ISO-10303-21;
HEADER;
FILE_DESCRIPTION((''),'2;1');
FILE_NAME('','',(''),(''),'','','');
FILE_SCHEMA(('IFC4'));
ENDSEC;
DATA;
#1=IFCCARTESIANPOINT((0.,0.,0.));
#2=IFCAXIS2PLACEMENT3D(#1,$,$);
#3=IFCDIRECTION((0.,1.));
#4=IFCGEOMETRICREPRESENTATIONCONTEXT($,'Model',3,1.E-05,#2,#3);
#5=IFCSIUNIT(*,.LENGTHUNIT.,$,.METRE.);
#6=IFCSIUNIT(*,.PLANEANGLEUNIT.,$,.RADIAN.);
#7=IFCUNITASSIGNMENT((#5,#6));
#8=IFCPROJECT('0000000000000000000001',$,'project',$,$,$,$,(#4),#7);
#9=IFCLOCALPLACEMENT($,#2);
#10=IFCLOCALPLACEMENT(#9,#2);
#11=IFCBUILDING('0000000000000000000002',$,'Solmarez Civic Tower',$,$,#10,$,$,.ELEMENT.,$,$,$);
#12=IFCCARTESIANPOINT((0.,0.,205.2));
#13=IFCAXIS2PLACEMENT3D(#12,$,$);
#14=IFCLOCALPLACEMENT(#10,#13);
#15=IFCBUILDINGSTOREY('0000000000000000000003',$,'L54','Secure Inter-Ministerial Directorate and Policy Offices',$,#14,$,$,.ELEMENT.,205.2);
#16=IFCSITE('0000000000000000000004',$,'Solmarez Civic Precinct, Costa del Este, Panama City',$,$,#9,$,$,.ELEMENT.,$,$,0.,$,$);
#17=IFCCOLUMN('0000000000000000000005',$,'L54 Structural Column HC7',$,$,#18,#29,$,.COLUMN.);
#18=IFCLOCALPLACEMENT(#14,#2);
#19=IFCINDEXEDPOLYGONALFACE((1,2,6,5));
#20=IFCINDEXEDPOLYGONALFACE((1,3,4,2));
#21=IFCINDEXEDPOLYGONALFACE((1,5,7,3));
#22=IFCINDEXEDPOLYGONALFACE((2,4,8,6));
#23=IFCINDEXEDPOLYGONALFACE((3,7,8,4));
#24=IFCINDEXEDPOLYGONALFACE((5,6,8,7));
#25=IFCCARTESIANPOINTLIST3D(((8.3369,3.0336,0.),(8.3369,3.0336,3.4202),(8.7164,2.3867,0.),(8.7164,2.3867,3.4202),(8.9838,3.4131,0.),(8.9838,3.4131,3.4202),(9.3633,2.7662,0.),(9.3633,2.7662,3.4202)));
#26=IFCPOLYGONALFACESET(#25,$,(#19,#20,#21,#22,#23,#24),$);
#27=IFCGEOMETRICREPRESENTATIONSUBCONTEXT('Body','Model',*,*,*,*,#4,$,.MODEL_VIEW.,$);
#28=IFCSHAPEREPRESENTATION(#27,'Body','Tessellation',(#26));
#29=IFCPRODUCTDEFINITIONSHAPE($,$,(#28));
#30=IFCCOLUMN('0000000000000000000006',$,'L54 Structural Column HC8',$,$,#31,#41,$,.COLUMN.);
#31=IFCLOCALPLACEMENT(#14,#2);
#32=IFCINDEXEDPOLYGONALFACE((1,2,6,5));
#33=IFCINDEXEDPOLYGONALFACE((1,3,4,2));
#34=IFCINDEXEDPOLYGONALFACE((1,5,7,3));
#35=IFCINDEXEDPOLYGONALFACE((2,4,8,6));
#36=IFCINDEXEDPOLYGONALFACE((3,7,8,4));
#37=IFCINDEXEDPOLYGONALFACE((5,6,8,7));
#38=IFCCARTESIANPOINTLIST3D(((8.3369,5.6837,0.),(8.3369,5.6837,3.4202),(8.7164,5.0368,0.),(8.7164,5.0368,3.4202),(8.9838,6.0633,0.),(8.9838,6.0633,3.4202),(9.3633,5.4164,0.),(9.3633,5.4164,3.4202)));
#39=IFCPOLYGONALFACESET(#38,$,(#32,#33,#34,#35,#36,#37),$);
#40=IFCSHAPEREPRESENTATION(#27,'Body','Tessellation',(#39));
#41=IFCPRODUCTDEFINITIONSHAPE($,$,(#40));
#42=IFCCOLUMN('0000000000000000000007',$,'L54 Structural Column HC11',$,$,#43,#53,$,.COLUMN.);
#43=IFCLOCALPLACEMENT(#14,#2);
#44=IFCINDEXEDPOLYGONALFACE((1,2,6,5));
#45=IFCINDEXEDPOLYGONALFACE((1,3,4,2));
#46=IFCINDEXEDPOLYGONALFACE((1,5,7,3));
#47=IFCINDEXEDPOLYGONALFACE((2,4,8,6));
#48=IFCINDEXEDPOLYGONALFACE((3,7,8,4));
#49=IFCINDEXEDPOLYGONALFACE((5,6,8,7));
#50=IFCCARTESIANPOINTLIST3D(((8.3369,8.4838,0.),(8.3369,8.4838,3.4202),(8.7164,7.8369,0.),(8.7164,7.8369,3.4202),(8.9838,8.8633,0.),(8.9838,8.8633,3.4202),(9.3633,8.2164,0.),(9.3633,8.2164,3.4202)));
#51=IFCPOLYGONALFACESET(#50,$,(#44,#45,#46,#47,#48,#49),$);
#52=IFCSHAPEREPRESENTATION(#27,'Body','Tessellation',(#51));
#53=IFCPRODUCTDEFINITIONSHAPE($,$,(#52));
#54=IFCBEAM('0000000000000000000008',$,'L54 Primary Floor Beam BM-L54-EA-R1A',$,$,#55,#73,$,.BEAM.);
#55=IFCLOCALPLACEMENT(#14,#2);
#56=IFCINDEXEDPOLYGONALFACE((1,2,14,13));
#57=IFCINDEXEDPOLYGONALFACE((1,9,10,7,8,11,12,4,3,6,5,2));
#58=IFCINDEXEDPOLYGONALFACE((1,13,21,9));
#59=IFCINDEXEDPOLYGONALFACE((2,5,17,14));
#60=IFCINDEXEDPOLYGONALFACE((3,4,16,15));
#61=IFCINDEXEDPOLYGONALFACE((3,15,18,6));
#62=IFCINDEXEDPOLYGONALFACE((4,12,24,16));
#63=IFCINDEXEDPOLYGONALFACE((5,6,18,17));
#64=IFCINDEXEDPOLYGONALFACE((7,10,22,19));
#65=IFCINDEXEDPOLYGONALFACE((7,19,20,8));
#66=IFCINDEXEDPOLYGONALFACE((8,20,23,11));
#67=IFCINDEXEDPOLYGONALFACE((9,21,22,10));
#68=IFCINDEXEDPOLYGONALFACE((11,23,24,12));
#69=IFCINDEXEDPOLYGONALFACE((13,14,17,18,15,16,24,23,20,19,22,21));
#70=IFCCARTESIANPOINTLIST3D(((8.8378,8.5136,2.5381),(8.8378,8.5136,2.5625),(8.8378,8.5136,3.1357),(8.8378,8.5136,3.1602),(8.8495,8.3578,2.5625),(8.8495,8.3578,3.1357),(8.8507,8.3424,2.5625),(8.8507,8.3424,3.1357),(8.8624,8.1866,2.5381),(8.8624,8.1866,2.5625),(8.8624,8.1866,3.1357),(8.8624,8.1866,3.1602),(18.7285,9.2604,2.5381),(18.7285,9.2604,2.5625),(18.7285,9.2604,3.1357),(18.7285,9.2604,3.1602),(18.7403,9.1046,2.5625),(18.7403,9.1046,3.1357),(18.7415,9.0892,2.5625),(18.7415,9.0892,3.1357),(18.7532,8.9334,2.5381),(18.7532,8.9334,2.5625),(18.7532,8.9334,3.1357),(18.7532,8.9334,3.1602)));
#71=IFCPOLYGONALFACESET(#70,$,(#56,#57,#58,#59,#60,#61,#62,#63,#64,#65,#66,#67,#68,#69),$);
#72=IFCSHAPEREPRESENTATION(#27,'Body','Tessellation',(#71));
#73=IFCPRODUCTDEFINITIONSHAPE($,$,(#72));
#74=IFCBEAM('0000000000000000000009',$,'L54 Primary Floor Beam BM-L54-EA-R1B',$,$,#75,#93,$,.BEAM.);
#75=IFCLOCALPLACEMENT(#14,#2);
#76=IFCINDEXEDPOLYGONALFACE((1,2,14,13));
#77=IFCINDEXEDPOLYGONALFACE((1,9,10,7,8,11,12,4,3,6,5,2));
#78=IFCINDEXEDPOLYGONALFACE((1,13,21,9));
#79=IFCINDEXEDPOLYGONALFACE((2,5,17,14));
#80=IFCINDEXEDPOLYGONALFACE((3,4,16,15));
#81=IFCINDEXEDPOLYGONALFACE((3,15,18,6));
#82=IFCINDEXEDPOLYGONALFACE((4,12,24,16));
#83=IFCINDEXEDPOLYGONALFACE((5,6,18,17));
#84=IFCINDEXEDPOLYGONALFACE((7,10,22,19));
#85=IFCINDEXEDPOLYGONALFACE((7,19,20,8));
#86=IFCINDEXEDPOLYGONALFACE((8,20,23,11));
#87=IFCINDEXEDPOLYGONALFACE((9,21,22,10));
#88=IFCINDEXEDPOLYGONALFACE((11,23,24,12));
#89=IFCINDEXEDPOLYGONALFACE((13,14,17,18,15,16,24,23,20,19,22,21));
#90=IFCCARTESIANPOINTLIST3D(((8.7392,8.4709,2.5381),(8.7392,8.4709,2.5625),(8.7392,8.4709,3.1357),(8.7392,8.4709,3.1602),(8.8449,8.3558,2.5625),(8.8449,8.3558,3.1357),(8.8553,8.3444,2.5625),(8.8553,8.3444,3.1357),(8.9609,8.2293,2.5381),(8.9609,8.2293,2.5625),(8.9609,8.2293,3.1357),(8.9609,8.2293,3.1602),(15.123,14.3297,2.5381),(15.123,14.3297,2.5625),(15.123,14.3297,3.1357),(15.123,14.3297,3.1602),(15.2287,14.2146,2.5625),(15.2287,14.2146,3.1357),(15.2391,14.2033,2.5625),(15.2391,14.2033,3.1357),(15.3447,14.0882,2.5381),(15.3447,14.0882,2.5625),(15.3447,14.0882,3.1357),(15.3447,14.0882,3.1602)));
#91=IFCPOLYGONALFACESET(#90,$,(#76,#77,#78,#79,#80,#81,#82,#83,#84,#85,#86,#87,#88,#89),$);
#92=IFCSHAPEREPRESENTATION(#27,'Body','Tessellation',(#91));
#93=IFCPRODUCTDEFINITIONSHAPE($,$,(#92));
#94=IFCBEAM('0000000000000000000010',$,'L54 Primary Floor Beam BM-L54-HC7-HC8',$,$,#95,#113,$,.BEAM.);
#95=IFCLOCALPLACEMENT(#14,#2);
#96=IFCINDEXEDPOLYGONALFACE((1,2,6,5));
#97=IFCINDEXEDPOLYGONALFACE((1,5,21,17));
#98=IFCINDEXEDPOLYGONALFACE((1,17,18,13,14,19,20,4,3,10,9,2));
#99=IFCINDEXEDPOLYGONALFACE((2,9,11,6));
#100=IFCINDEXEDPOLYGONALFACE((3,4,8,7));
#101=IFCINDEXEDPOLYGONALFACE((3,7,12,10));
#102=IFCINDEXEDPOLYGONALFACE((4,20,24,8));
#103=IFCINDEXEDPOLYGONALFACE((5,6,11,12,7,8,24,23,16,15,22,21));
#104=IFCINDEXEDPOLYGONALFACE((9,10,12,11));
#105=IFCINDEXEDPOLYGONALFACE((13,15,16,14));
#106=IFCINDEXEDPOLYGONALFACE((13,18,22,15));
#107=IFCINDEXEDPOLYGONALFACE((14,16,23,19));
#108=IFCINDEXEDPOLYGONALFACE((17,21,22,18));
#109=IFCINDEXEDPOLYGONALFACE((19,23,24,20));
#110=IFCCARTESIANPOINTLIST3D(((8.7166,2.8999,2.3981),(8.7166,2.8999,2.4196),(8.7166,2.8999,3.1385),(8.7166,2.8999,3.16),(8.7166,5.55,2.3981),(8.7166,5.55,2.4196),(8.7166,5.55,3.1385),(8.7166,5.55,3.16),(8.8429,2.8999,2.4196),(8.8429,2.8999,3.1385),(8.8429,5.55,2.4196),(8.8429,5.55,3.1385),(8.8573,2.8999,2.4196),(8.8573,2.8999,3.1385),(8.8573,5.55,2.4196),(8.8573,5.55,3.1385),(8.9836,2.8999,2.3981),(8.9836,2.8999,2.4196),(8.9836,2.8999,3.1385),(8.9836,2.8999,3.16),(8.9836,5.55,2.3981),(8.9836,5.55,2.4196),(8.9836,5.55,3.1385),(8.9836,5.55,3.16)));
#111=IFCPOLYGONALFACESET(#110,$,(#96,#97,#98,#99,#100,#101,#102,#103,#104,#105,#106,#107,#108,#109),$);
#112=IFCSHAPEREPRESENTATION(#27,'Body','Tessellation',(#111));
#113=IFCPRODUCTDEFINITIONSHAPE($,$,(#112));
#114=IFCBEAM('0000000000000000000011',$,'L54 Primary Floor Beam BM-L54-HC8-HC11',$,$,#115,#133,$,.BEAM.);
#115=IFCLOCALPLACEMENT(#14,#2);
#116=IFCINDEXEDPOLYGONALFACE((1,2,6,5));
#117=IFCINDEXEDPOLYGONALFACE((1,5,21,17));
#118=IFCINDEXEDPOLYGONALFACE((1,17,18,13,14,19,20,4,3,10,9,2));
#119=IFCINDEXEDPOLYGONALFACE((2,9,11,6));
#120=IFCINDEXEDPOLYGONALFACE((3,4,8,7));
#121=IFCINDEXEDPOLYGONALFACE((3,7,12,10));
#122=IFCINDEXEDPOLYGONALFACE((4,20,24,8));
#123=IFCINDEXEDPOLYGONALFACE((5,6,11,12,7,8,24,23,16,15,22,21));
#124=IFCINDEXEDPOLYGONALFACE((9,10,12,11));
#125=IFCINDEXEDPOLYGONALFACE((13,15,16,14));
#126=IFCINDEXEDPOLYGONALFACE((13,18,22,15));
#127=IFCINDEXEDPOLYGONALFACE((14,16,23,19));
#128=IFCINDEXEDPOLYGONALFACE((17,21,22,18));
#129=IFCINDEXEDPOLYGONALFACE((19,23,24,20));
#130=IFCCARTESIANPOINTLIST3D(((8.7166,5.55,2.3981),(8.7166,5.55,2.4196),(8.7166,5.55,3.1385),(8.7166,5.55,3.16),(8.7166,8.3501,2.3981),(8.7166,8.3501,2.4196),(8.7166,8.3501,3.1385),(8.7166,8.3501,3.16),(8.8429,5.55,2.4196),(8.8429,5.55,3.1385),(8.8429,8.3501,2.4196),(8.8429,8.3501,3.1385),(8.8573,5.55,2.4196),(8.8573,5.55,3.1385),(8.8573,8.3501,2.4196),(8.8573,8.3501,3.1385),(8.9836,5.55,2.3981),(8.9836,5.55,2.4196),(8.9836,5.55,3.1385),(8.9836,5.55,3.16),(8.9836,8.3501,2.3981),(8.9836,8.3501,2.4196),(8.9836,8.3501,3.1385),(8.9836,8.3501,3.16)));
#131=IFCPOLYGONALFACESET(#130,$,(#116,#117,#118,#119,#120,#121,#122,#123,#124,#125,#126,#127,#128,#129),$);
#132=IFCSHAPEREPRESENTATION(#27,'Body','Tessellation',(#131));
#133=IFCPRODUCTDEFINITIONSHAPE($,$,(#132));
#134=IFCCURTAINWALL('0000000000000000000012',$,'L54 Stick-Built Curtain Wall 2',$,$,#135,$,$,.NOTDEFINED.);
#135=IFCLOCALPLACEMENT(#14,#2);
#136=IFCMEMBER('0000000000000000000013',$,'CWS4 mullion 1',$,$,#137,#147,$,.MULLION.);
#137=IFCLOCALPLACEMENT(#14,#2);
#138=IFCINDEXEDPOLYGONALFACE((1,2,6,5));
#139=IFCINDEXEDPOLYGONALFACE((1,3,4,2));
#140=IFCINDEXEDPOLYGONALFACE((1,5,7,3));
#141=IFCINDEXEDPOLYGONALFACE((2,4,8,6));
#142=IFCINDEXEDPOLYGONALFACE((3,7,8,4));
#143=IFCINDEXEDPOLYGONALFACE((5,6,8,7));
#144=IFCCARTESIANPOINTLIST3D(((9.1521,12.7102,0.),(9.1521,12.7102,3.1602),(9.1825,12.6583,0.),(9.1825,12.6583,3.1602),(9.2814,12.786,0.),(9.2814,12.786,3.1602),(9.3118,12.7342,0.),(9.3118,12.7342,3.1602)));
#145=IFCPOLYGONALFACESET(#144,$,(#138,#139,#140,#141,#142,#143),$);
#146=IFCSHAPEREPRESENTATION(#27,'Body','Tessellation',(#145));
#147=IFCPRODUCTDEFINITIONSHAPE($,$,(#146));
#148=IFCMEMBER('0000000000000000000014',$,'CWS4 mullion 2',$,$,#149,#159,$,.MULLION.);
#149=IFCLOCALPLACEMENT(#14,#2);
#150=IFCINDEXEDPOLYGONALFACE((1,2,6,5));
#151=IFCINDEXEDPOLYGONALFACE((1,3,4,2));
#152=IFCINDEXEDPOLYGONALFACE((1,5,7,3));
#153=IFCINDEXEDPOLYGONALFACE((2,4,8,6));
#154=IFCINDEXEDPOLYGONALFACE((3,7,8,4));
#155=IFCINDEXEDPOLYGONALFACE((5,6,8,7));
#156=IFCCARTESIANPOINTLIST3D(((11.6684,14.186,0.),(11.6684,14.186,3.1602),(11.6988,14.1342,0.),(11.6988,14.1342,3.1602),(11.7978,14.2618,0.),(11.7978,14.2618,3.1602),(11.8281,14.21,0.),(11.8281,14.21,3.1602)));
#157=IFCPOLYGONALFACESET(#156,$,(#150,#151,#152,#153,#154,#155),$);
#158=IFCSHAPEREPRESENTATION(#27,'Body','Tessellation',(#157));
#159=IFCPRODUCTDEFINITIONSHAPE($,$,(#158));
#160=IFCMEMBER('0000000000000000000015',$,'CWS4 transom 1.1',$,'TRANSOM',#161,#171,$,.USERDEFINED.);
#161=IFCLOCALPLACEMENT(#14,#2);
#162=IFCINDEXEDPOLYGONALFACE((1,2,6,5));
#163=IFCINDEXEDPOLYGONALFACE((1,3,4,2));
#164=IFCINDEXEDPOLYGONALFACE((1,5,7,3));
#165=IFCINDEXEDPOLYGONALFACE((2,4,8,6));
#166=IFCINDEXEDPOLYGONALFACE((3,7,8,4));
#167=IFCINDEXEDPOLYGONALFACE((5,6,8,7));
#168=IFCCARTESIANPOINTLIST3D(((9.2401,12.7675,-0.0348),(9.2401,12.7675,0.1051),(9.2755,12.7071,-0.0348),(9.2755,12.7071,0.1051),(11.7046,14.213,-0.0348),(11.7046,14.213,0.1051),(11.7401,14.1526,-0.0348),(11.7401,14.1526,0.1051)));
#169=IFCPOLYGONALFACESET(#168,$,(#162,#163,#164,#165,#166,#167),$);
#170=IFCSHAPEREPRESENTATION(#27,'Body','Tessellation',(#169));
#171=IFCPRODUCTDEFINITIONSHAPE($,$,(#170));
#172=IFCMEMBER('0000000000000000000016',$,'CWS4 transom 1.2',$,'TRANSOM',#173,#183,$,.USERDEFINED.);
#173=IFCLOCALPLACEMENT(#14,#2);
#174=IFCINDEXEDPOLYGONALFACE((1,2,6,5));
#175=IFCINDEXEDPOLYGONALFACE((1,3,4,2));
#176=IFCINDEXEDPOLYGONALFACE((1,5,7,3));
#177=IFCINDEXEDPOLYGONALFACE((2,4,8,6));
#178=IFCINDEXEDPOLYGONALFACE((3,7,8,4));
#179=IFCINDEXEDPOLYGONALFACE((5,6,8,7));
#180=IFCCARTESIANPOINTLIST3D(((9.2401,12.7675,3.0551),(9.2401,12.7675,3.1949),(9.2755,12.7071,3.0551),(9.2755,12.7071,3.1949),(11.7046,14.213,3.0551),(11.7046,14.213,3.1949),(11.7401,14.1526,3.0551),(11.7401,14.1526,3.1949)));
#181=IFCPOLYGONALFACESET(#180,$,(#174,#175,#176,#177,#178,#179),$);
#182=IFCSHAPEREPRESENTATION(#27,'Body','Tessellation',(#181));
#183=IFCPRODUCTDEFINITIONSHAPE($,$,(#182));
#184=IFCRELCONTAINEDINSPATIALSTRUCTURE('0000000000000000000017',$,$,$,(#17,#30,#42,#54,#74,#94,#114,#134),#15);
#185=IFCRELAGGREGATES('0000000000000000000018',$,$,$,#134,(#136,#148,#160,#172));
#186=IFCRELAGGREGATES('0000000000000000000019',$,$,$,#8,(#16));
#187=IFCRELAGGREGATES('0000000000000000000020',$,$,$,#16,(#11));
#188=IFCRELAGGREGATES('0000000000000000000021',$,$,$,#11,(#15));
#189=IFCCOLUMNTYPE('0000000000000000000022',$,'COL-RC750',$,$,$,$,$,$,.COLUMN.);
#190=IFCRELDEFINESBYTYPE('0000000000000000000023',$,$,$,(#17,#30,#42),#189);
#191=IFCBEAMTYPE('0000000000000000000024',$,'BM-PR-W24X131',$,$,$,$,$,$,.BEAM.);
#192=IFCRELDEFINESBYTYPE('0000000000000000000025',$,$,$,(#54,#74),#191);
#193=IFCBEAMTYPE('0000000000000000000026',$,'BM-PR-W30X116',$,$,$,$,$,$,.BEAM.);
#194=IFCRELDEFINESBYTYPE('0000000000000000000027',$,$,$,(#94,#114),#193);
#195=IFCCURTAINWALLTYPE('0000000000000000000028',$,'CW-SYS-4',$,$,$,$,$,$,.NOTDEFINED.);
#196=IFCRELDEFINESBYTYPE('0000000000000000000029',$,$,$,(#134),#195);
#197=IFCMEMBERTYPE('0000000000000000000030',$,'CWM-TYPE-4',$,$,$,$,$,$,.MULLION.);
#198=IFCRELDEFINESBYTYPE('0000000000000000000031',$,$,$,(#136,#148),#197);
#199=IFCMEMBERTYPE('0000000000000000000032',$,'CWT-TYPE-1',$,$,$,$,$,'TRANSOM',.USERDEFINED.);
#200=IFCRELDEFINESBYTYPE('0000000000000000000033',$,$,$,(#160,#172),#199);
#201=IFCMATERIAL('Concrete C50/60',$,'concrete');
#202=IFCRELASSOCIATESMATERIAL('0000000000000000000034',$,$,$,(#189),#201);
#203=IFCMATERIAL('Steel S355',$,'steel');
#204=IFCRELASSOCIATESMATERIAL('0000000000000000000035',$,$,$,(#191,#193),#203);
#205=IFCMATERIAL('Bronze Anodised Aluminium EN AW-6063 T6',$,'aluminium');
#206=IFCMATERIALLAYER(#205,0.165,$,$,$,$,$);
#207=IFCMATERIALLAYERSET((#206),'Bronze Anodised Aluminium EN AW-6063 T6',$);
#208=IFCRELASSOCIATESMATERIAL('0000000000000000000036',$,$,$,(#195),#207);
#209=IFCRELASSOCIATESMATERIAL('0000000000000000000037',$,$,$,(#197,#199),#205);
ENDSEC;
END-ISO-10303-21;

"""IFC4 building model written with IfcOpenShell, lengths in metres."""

from ifc_helpers import new_model, si_unit, direction, frame, origin, origin_2d, place, context, subcontext, project, spatial, rectangle, i_section, extrude, material, layer, layer_set, material_profile, profile_set, type_object, element, aggregate, save


model = new_model("IFC4")

# Units and contexts
model_context = context("Model", 3, precision=1e-05, world=origin(), true_north=direction((0.0, 1.0)))
body_context = subcontext(model_context, "Body", "Model", "MODEL_VIEW")
ifc_project = project(units=[si_unit("LENGTHUNIT", "METRE"), si_unit("PLANEANGLEUNIT", "RADIAN")], contexts=[model_context])

# Site, building, storey
site_placement = place(None, origin())
site = spatial("IfcSite", under=ifc_project, at=site_placement, Name="Solmarez Civic Precinct, Costa del Este, Panama City", CompositionType="ELEMENT", RefElevation=0.0)
building_placement = place(site_placement, origin())
building = spatial("IfcBuilding", under=site, at=building_placement, Name="Solmarez Civic Tower", CompositionType="ELEMENT")
storey_placement = place(building_placement, frame((0.0, 0.0, 205.2)))
storey = spatial("IfcBuildingStorey", under=building, at=storey_placement, Name="L54", Description="Secure Inter-Ministerial Directorate and Policy Offices", CompositionType="ELEMENT", Elevation=205.2)

# Columns
ifc_material_1 = material(Name="Concrete C50/60", Category="concrete")
ifc_material_profile_1 = material_profile(ifc_material_1, rectangle(XDim=0.75, YDim=0.75, at=origin_2d()), Name="RC750X750")
ifc_profile_set_1 = profile_set([ifc_material_profile_1], Name="Concrete C50/60")
column_type = type_object("IfcColumnType", Name="COL-RC750", PredefinedType="COLUMN", material=ifc_profile_set_1)
for number, where, z_axis, x_axis, name in (
    (1, (8.8501, 2.8999, 0.0), (0.0, 0.0, 1.0), (0.862514, 0.506034, 0.0), "L54 Structural Column HC7"),
    (2, (8.8501, 5.55, 0.0), (0.0, 0.0, 1.0), (0.862514, 0.506034, 0.0), "L54 Structural Column HC8"),
    (3, (8.8501, 8.3501, 0.0), (0.0, 0.0, 1.0), (0.862514, 0.506034, 0.0), "L54 Structural Column HC11"),
):
    element("IfcColumn", number, at=place(storey_placement, frame(where, z_axis=z_axis, x_axis=x_axis)), inside=storey, type_object=column_type, Name=name, PredefinedType="COLUMN", context=body_context, shape_type="SweptSolid", body=[
        extrude(rectangle(XDim=0.75, YDim=0.75, at=origin_2d()), origin(), (0.0, 0.0, 1.0), 3.4202),
    ])

# Beams
ifc_material_2 = material(Name="Steel S355", Category="steel")
ifc_material_profile_2 = material_profile(ifc_material_2, i_section(OverallWidth=0.3279, OverallDepth=0.6221, WebThickness=0.0154, FlangeThickness=0.0244, at=origin_2d()), Name="W24X131")
ifc_profile_set_2 = profile_set([ifc_material_profile_2], Name="Steel S355")
beam_type_1 = type_object("IfcBeamType", Name="BM-PR-W24X131", PredefinedType="BEAM", material=ifc_profile_set_2)
beam_1_placement = place(storey_placement, frame((8.8501, 8.3501, 2.8491), z_axis=(0.997162, 0.075292, 0.0), x_axis=(-0.075292, 0.997162, 0.0)))
element("IfcBeam", 4, at=beam_1_placement, inside=storey, type_object=beam_type_1, Name="L54 Primary Floor Beam BM-L54-EA-R1A", PredefinedType="BEAM", context=body_context, shape_type="SweptSolid", body=[
    extrude(i_section(OverallWidth=0.3279, OverallDepth=0.6221, WebThickness=0.0154, FlangeThickness=0.0244, at=origin_2d()), origin(), (0.0, 0.0, 1.0), 9.9189),
])
beam_2_placement = place(storey_placement, frame((8.8501, 8.3501, 2.8491), z_axis=(0.736747, 0.676169, 0.0), x_axis=(-0.676169, 0.736747, 0.0)))
element("IfcBeam", 5, at=beam_2_placement, inside=storey, type_object=beam_type_1, Name="L54 Primary Floor Beam BM-L54-EA-R1B", PredefinedType="BEAM", context=body_context, shape_type="SweptSolid", body=[
    extrude(i_section(OverallWidth=0.3279, OverallDepth=0.6221, WebThickness=0.0154, FlangeThickness=0.0244, at=origin_2d()), origin(), (0.0, 0.0, 1.0), 8.6648),
])
ifc_material_profile_3 = material_profile(ifc_material_2, i_section(OverallWidth=0.2671, OverallDepth=0.762, WebThickness=0.0144, FlangeThickness=0.0215, at=origin_2d()), Name="W30X116")
ifc_profile_set_3 = profile_set([ifc_material_profile_3], Name="Steel S355")
beam_type_2 = type_object("IfcBeamType", Name="BM-PR-W30X116", PredefinedType="BEAM", material=ifc_profile_set_3)
beam_3_placement = place(storey_placement, frame((8.8501, 2.8999, 2.7791), z_axis=(0.0, 1.0, 0.0), x_axis=(-1.0, 0.0, 0.0)))
element("IfcBeam", 6, at=beam_3_placement, inside=storey, type_object=beam_type_2, Name="L54 Primary Floor Beam BM-L54-HC7-HC8", PredefinedType="BEAM", context=body_context, shape_type="SweptSolid", body=[
    extrude(i_section(OverallWidth=0.2671, OverallDepth=0.762, WebThickness=0.0144, FlangeThickness=0.0215, at=origin_2d()), origin(), (0.0, 0.0, 1.0), 2.6501),
])
beam_4_placement = place(storey_placement, frame((8.8501, 5.55, 2.7791), z_axis=(0.0, 1.0, 0.0), x_axis=(-1.0, 0.0, 0.0)))
element("IfcBeam", 7, at=beam_4_placement, inside=storey, type_object=beam_type_2, Name="L54 Primary Floor Beam BM-L54-HC8-HC11", PredefinedType="BEAM", context=body_context, shape_type="SweptSolid", body=[
    extrude(i_section(OverallWidth=0.2671, OverallDepth=0.762, WebThickness=0.0144, FlangeThickness=0.0215, at=origin_2d()), origin(), (0.0, 0.0, 1.0), 2.8),
])

# Curtain wall, members
ifc_material_3 = material(Name="Bronze Anodised Aluminium EN AW-6063 T6", Category="aluminium")
ifc_layer_1 = layer(ifc_material_3, 0.165)
ifc_layer_set_1 = layer_set([ifc_layer_1], Name="Bronze Anodised Aluminium EN AW-6063 T6")
curtain_wall_type = type_object("IfcCurtainWallType", Name="CW-SYS-4", PredefinedType="NOTDEFINED", material=ifc_layer_set_1)
curtain_wall_placement = place(storey_placement, origin())
curtain_wall = element("IfcCurtainWall", 8, at=curtain_wall_placement, inside=storey, type_object=curtain_wall_type, Name="L54 Stick-Built Curtain Wall 2", PredefinedType="NOTDEFINED")
ifc_material_profile_4 = material_profile(ifc_material_3, rectangle(XDim=0.0601, YDim=0.1499, at=origin_2d()), Name="CWM-60X150")
ifc_profile_set_4 = profile_set([ifc_material_profile_4], Name="Bronze Anodised Aluminium EN AW-6063 T6")
member_type_1 = type_object("IfcMemberType", Name="CWM-TYPE-4", PredefinedType="MULLION", material=ifc_profile_set_4)
member_1_placement = place(storey_placement, frame((9.2319, 12.7222, 0.0), z_axis=(0.0, 0.0, 1.0), x_axis=(-0.505888, 0.862599, 0.0)))
member_1 = element("IfcMember", 9, at=member_1_placement, type_object=member_type_1, Name="CWS4 mullion 1", PredefinedType="MULLION", context=body_context, shape_type="SweptSolid", body=[
    extrude(rectangle(XDim=0.0601, YDim=0.1499, at=origin_2d()), origin(), (0.0, 0.0, 1.0), 3.1602),
])
member_2_placement = place(storey_placement, frame((11.7483, 14.198, 0.0), z_axis=(0.0, 0.0, 1.0), x_axis=(-0.505888, 0.862599, 0.0)))
member_2 = element("IfcMember", 10, at=member_2_placement, type_object=member_type_1, Name="CWS4 mullion 2", PredefinedType="MULLION", context=body_context, shape_type="SweptSolid", body=[
    extrude(rectangle(XDim=0.0601, YDim=0.1499, at=origin_2d()), origin(), (0.0, 0.0, 1.0), 3.1602),
])
ifc_material_profile_5 = material_profile(ifc_material_3, rectangle(XDim=0.0701, YDim=0.1399, at=origin_2d()), Name="CWT-70X140")
ifc_profile_set_5 = profile_set([ifc_material_profile_5], Name="Bronze Anodised Aluminium EN AW-6063 T6")
member_type_2 = type_object("IfcMemberType", Name="CWT-TYPE-1", ElementType="TRANSOM", PredefinedType="USERDEFINED", material=ifc_profile_set_5)
member_3_placement = place(storey_placement, frame((9.2578, 12.7373, 0.0352), z_axis=(0.862577, 0.505926, 0.0), x_axis=(-0.505926, 0.862577, 0.0)))
member_3 = element("IfcMember", 11, at=member_3_placement, type_object=member_type_2, Name="CWS4 transom 1.1", ObjectType="TRANSOM", PredefinedType="USERDEFINED", context=body_context, shape_type="SweptSolid", body=[
    extrude(rectangle(XDim=0.0701, YDim=0.1399, at=origin_2d()), origin(), (0.0, 0.0, 1.0), 2.8572),
])
member_4_placement = place(storey_placement, frame((9.2578, 12.7373, 3.125), z_axis=(0.862577, 0.505926, 0.0), x_axis=(-0.505926, 0.862577, 0.0)))
member_4 = element("IfcMember", 12, at=member_4_placement, type_object=member_type_2, Name="CWS4 transom 1.2", ObjectType="TRANSOM", PredefinedType="USERDEFINED", context=body_context, shape_type="SweptSolid", body=[
    extrude(rectangle(XDim=0.0701, YDim=0.1399, at=origin_2d()), origin(), (0.0, 0.0, 1.0), 2.8572),
])
aggregate(curtain_wall, [member_1, member_2, member_3, member_4])

save(model, "model.ifc")
